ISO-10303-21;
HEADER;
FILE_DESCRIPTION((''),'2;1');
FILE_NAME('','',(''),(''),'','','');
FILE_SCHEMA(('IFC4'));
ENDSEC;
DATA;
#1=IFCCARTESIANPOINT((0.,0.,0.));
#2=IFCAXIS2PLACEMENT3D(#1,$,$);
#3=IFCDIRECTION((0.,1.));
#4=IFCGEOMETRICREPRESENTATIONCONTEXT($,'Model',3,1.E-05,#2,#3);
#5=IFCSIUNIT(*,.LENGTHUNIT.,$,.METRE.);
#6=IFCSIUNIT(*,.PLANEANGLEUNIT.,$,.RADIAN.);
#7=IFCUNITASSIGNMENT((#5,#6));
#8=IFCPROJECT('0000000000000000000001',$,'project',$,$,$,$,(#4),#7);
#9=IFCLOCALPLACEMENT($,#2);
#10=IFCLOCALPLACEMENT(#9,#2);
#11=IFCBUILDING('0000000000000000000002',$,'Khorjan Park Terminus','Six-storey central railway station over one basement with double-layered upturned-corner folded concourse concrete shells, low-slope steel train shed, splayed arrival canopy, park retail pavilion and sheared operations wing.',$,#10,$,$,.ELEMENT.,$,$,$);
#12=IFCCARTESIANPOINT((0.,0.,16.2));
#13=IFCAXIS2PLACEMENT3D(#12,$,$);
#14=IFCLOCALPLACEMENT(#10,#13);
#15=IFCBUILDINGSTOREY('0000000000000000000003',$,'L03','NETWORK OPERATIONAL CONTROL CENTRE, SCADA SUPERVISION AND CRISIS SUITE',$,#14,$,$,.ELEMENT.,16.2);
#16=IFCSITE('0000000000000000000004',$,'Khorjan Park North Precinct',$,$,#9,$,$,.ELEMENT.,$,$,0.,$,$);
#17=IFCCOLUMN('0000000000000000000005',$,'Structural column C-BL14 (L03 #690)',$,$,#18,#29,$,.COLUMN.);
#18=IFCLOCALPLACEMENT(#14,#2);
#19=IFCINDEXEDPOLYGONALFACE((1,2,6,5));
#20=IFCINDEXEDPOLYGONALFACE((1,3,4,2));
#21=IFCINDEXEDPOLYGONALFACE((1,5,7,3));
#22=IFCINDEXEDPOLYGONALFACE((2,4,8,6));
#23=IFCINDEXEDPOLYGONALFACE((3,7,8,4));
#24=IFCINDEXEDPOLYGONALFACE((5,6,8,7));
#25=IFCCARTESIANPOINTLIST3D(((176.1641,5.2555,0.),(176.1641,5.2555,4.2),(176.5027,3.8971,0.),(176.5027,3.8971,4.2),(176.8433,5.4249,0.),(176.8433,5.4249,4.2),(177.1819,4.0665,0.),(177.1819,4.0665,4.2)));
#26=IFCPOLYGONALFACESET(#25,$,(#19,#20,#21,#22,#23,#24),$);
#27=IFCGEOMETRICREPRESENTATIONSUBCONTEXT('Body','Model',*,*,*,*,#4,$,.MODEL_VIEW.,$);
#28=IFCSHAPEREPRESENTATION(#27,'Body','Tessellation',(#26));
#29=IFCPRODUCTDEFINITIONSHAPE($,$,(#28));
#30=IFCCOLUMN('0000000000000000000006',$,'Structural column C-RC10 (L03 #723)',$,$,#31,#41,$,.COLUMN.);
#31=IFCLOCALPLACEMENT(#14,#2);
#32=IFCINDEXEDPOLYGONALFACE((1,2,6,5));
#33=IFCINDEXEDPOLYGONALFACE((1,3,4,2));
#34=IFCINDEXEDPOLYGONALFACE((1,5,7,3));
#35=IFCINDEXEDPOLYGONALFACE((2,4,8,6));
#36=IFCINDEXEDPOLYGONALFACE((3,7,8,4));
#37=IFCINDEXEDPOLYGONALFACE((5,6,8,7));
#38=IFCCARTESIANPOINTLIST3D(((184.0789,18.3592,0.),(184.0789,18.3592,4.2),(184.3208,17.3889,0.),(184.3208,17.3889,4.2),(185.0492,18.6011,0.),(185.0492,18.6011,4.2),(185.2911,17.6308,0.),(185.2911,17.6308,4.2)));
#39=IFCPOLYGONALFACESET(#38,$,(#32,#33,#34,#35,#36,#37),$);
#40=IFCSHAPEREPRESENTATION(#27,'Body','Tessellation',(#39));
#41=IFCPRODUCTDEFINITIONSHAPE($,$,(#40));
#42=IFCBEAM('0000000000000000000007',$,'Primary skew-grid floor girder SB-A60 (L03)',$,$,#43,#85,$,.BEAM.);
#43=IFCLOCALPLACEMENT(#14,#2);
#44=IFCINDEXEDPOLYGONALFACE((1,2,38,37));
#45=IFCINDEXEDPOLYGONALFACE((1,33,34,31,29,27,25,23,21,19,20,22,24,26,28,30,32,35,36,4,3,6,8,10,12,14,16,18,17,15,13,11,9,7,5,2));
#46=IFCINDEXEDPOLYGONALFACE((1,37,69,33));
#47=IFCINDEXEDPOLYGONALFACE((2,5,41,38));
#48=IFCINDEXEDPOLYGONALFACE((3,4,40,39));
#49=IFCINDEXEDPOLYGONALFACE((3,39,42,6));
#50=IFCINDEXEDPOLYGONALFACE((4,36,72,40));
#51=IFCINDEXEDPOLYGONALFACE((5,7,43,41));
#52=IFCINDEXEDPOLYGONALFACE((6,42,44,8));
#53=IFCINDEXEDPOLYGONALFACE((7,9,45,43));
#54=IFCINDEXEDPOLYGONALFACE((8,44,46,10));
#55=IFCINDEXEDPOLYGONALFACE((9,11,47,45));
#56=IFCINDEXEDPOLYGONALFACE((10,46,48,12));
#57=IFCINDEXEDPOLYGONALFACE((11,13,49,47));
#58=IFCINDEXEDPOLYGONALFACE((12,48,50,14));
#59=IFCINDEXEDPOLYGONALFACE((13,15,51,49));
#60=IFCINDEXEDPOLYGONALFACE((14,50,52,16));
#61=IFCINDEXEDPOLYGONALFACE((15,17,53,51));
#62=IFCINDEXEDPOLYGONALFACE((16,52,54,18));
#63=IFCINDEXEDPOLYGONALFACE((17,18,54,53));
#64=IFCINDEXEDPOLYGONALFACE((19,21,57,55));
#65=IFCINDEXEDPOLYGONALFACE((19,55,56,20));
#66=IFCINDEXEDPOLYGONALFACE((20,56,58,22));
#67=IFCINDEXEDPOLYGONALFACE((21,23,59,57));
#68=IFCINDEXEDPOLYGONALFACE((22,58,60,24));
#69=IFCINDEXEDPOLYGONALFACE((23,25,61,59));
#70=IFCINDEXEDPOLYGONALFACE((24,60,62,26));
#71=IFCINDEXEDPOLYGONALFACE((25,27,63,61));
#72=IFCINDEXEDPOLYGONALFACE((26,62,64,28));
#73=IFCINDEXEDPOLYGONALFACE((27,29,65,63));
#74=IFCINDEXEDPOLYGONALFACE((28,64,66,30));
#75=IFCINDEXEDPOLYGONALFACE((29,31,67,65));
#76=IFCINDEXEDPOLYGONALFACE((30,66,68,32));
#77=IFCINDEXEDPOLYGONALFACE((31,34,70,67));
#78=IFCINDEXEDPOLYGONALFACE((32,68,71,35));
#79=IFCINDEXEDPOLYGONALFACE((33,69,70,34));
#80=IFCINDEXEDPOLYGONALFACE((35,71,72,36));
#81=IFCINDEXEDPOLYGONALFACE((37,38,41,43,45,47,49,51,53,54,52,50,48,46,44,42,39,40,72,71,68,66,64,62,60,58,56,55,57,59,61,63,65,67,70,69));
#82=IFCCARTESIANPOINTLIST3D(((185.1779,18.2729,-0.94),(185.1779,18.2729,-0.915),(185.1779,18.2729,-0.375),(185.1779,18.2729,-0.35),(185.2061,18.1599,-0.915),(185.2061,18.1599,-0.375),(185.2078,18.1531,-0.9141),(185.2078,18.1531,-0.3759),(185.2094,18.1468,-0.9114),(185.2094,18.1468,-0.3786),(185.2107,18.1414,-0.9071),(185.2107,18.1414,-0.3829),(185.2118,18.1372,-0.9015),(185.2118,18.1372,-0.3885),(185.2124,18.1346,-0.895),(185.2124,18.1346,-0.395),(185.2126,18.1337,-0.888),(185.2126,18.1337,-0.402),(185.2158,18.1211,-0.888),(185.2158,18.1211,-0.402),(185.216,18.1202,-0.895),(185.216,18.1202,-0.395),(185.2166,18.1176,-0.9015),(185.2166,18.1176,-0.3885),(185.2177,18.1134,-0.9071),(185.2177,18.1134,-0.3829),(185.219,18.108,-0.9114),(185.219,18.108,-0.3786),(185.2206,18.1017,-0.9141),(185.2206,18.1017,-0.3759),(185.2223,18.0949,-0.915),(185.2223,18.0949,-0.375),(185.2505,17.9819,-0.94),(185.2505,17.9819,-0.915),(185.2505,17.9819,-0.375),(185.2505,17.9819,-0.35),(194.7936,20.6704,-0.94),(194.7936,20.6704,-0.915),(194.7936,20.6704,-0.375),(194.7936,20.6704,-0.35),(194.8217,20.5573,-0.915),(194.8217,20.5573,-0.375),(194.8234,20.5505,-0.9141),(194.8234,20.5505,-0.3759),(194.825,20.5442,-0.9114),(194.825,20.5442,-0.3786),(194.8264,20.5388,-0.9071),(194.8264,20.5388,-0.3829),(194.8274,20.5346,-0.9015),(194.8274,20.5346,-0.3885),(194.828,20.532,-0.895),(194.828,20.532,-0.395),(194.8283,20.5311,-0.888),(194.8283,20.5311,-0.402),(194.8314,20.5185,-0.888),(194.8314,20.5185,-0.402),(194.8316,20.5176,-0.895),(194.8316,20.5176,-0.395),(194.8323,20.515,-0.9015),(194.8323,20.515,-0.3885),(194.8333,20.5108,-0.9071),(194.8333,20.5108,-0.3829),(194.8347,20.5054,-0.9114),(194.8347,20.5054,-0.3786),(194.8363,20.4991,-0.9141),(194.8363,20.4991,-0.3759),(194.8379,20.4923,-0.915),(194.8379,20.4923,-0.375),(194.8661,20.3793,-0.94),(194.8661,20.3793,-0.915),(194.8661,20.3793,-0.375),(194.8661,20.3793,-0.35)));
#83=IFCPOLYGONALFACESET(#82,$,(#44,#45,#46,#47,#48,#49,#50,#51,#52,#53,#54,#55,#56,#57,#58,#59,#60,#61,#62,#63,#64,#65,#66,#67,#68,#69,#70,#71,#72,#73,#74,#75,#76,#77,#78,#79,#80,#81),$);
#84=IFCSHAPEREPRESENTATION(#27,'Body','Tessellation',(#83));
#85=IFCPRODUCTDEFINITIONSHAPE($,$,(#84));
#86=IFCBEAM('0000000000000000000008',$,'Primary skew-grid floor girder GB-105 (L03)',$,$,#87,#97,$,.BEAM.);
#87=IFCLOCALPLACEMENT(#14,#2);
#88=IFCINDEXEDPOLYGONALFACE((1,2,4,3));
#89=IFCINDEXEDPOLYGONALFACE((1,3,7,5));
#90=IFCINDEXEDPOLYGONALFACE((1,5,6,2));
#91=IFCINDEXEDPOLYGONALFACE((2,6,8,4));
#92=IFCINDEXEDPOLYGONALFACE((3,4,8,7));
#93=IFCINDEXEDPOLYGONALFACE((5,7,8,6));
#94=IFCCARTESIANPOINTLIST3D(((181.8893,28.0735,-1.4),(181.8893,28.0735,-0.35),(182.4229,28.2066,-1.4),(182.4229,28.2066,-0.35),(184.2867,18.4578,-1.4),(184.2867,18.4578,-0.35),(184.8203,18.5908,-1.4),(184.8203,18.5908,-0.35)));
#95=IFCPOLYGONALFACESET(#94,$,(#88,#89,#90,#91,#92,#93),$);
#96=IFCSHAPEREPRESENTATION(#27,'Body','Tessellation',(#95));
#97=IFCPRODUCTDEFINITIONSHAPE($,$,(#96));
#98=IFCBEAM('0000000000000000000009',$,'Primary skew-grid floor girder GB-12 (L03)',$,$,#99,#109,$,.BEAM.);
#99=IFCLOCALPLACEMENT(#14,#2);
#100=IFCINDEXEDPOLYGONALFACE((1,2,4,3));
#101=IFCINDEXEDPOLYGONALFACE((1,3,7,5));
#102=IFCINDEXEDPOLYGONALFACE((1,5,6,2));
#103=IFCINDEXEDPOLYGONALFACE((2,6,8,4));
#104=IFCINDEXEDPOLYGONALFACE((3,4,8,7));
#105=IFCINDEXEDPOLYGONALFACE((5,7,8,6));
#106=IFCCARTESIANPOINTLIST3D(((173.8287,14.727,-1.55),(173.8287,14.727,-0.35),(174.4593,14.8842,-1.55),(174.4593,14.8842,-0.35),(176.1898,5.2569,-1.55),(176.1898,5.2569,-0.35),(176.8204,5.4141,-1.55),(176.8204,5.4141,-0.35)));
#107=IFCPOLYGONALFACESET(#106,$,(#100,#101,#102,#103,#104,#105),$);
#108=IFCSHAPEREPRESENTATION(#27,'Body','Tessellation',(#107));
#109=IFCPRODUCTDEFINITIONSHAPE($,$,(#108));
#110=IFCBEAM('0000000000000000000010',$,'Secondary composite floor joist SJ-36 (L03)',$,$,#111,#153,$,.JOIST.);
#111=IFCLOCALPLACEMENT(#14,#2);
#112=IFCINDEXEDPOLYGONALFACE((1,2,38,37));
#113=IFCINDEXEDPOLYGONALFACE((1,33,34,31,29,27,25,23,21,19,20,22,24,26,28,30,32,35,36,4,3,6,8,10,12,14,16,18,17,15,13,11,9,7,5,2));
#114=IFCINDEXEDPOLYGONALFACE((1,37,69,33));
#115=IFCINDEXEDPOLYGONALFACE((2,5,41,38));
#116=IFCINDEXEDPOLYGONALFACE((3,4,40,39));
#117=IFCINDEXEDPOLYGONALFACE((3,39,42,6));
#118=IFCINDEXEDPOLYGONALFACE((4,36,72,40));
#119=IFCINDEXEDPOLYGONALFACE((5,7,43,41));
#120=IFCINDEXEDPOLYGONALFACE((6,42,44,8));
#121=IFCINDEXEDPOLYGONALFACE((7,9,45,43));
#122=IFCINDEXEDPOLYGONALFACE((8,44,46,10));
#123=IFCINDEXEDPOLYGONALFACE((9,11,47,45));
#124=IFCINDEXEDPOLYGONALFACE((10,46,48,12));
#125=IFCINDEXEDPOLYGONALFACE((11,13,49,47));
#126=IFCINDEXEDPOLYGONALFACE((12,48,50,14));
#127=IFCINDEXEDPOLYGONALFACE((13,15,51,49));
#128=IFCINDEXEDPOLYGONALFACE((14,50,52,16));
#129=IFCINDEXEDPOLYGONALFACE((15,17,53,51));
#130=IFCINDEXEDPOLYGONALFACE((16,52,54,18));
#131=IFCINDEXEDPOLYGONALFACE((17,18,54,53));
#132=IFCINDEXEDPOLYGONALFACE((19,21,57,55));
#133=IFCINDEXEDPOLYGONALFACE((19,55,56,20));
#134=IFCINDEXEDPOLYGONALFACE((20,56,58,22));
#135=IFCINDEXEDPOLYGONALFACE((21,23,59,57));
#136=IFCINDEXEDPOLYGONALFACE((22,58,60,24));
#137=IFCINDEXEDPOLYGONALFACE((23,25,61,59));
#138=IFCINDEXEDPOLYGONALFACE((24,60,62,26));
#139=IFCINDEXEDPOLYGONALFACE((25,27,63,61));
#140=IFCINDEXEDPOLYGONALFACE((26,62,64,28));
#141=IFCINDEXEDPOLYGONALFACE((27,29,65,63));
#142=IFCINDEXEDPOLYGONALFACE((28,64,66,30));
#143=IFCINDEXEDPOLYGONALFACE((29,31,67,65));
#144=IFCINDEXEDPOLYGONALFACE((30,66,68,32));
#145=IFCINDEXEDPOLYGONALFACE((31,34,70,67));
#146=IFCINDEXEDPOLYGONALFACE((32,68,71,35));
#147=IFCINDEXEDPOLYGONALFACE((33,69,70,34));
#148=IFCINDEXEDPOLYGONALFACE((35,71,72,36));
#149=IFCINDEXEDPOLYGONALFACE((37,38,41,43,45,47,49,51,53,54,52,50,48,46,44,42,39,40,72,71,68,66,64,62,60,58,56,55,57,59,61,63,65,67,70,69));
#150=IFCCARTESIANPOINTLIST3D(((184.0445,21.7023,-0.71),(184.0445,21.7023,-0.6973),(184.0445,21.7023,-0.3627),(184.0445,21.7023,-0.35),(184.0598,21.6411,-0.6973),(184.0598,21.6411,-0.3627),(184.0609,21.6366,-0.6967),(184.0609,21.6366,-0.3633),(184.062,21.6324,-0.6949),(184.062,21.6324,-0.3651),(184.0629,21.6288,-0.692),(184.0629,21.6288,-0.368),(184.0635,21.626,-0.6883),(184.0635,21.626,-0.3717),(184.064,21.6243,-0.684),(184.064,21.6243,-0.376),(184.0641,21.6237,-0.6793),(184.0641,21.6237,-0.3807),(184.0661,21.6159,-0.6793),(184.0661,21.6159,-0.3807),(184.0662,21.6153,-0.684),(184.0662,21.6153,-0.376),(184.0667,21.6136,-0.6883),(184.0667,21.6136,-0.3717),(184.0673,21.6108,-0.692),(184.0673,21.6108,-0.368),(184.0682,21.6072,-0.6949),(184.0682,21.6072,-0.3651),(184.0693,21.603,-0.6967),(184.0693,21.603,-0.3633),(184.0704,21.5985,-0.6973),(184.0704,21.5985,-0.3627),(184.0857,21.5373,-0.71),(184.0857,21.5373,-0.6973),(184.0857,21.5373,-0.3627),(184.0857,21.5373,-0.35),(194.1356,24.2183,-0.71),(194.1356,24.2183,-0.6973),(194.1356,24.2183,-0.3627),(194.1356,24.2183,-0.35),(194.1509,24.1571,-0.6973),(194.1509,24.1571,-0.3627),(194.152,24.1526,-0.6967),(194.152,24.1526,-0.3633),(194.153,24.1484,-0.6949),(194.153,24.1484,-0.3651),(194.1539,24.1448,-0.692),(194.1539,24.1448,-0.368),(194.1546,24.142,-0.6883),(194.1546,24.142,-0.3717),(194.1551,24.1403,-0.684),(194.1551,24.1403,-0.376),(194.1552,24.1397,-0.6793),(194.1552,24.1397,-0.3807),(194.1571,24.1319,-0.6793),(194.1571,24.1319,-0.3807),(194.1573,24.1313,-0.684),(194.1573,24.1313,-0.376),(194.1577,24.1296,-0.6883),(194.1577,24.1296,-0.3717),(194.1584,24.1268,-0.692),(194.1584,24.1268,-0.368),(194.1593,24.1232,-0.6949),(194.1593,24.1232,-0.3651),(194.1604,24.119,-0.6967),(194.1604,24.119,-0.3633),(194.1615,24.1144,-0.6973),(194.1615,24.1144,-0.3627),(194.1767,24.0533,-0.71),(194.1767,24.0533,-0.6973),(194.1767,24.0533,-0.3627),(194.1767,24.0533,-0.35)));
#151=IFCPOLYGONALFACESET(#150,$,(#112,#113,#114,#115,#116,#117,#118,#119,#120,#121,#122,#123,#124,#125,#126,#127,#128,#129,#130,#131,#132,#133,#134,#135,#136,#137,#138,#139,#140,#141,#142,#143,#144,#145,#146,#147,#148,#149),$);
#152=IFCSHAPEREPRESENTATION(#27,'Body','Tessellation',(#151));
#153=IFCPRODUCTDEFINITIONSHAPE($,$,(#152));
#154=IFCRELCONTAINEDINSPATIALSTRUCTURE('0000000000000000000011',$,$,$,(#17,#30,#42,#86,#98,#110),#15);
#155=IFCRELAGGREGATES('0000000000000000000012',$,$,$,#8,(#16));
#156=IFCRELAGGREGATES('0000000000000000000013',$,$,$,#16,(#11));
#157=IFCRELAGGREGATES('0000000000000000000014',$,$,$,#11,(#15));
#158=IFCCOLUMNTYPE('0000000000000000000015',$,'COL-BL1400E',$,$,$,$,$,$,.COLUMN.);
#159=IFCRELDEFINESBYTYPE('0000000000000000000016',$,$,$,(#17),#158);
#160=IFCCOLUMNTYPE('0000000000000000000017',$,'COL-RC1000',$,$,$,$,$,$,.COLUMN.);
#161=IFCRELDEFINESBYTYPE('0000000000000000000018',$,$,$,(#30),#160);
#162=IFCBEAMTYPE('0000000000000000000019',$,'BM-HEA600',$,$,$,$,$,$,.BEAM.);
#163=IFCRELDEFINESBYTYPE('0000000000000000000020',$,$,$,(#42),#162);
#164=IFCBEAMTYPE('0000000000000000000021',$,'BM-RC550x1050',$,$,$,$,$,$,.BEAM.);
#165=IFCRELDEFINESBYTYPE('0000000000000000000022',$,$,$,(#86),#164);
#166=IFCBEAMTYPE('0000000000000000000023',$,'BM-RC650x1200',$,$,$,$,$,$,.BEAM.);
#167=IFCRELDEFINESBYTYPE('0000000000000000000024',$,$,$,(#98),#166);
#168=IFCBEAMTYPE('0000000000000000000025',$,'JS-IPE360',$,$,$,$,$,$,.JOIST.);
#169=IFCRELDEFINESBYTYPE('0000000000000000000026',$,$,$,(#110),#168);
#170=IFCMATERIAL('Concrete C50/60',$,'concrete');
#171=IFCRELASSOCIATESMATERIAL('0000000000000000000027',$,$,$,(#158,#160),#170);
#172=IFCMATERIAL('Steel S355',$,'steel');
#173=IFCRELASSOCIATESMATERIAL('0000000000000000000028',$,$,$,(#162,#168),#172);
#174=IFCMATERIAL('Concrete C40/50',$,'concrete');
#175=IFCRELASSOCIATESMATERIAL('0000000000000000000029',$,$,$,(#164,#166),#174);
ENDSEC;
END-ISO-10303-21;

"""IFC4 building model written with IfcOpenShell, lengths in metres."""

from ifc_helpers import new_model, si_unit, direction, frame, origin, origin_2d, place, context, subcontext, project, spatial, rectangle, i_section, extrude, material, material_profile, profile_set, type_object, element, save


model = new_model("IFC4")

# Units and contexts
model_context = context("Model", 3, precision=1e-05, world=origin(), true_north=direction((0.0, 1.0)))
body_context = subcontext(model_context, "Body", "Model", "MODEL_VIEW")
ifc_project = project(units=[si_unit("LENGTHUNIT", "METRE"), si_unit("PLANEANGLEUNIT", "RADIAN")], contexts=[model_context])

# Site, building, storey
site_placement = place(None, origin())
site = spatial("IfcSite", under=ifc_project, at=site_placement, Name="Khorjan Park North Precinct", CompositionType="ELEMENT", RefElevation=0.0)
building_placement = place(site_placement, origin())
building = spatial("IfcBuilding", under=site, at=building_placement, Name="Khorjan Park Terminus", Description="Six-storey central railway station over one basement with double-layered upturned-corner folded concourse concrete shells, low-slope steel train shed, splayed arrival canopy, park retail pavilion and sheared operations wing.", CompositionType="ELEMENT")
storey_placement = place(building_placement, frame((0.0, 0.0, 16.2)))
storey = spatial("IfcBuildingStorey", under=building, at=storey_placement, Name="L03", Description="NETWORK OPERATIONAL CONTROL CENTRE, SCADA SUPERVISION AND CRISIS SUITE", CompositionType="ELEMENT", Elevation=16.2)

# Columns
ifc_material_1 = material(Name="Concrete C50/60", Category="concrete")
ifc_material_profile_1 = material_profile(ifc_material_1, rectangle(XDim=0.7, YDim=1.4, at=origin_2d()), Name="RC 700x1400")
ifc_profile_set_1 = profile_set([ifc_material_profile_1], Name="Concrete C50/60")
column_type_1 = type_object("IfcColumnType", Name="COL-BL1400E", PredefinedType="COLUMN", material=ifc_profile_set_1)
column_1_placement = place(storey_placement, frame((176.673, 4.661, 0.0), z_axis=(0.0, 0.0, 1.0), x_axis=(0.970296, 0.241922, 0.0)))
element("IfcColumn", 1, at=column_1_placement, inside=storey, type_object=column_type_1, Name="Structural column C-BL14 (L03 #690)", PredefinedType="COLUMN", context=body_context, shape_type="SweptSolid", body=[
    extrude(rectangle(XDim=0.7, YDim=1.4, at=origin_2d()), origin(), (0.0, 0.0, 1.0), 4.2),
])
ifc_material_profile_2 = material_profile(ifc_material_1, rectangle(XDim=1.0, YDim=1.0, at=origin_2d()), Name="RC 1000x1000")
ifc_profile_set_2 = profile_set([ifc_material_profile_2], Name="Concrete C50/60")
column_type_2 = type_object("IfcColumnType", Name="COL-RC1000", PredefinedType="COLUMN", material=ifc_profile_set_2)
column_2_placement = place(storey_placement, frame((184.685, 17.995, 0.0), z_axis=(0.0, 0.0, 1.0), x_axis=(0.970296, 0.241922, 0.0)))
element("IfcColumn", 2, at=column_2_placement, inside=storey, type_object=column_type_2, Name="Structural column C-RC10 (L03 #723)", PredefinedType="COLUMN", context=body_context, shape_type="SweptSolid", body=[
    extrude(rectangle(XDim=1.0, YDim=1.0, at=origin_2d()), origin(), (0.0, 0.0, 1.0), 4.2),
])

# Beams
ifc_material_2 = material(Name="Steel S355", Category="steel")
ifc_material_profile_3 = material_profile(ifc_material_2, i_section(OverallWidth=0.3, OverallDepth=0.59, WebThickness=0.013, FlangeThickness=0.025, FilletRadius=0.027, at=origin_2d()), Name="HEA 600")
ifc_profile_set_3 = profile_set([ifc_material_profile_3], Name="Steel S355")
beam_type_1 = type_object("IfcBeamType", Name="BM-HEA600", PredefinedType="BEAM", material=ifc_profile_set_3)
beam_1_placement = place(storey_placement, frame((185.2142, 18.1274, -0.645), z_axis=(0.970297, 0.241918, 0.0), x_axis=(-0.241918, 0.970297, 0.0)))
element("IfcBeam", 3, at=beam_1_placement, inside=storey, type_object=beam_type_1, Name="Primary skew-grid floor girder SB-A60 (L03)", PredefinedType="BEAM", context=body_context, shape_type="SweptSolid", body=[
    extrude(i_section(OverallWidth=0.3, OverallDepth=0.59, WebThickness=0.013, FlangeThickness=0.025, FilletRadius=0.027, at=origin_2d()), origin(), (0.0, 0.0, 1.0), 9.91),
])
ifc_material_3 = material(Name="Concrete C40/50", Category="concrete")
ifc_material_profile_4 = material_profile(ifc_material_3, rectangle(XDim=0.55, YDim=1.05, at=origin_2d()), Name="RC 550x1050")
ifc_profile_set_4 = profile_set([ifc_material_profile_4], Name="Concrete C40/50")
beam_type_2 = type_object("IfcBeamType", Name="BM-RC550x1050", PredefinedType="BEAM", material=ifc_profile_set_4)
beam_2_placement = place(storey_placement, frame((184.5535, 18.5243, -0.875), z_axis=(-0.241916, 0.970297, 0.0), x_axis=(-0.970297, -0.241916, 0.0)))
element("IfcBeam", 4, at=beam_2_placement, inside=storey, type_object=beam_type_2, Name="Primary skew-grid floor girder GB-105 (L03)", PredefinedType="BEAM", context=body_context, shape_type="SweptSolid", body=[
    extrude(rectangle(XDim=0.55, YDim=1.05, at=origin_2d()), origin(), (0.0, 0.0, 1.0), 9.9101),
])
ifc_material_profile_5 = material_profile(ifc_material_3, rectangle(XDim=0.65, YDim=1.2, at=origin_2d()), Name="RC 650x1200")
ifc_profile_set_5 = profile_set([ifc_material_profile_5], Name="Concrete C40/50")
beam_type_3 = type_object("IfcBeamType", Name="BM-RC650x1200", PredefinedType="BEAM", material=ifc_profile_set_5)
beam_3_placement = place(storey_placement, frame((176.5051, 5.3355, -0.95), z_axis=(-0.241916, 0.970297, 0.0), x_axis=(-0.970297, -0.241916, 0.0)))
element("IfcBeam", 5, at=beam_3_placement, inside=storey, type_object=beam_type_3, Name="Primary skew-grid floor girder GB-12 (L03)", PredefinedType="BEAM", context=body_context, shape_type="SweptSolid", body=[
    extrude(rectangle(XDim=0.65, YDim=1.2, at=origin_2d()), origin(), (0.0, 0.0, 1.0), 9.76),
])
ifc_material_profile_6 = material_profile(ifc_material_2, i_section(OverallWidth=0.17, OverallDepth=0.36, WebThickness=0.008, FlangeThickness=0.0127, FilletRadius=0.018, at=origin_2d()), Name="IPE 360")
ifc_profile_set_6 = profile_set([ifc_material_profile_6], Name="Steel S355")
beam_type_4 = type_object("IfcBeamType", Name="JS-IPE360", PredefinedType="JOIST", material=ifc_profile_set_6)
beam_4_placement = place(storey_placement, frame((184.0651, 21.6198, -0.53), z_axis=(0.970296, 0.241922, 0.0), x_axis=(-0.241922, 0.970296, 0.0)))
element("IfcBeam", 6, at=beam_4_placement, inside=storey, type_object=beam_type_4, Name="Secondary composite floor joist SJ-36 (L03)", PredefinedType="JOIST", context=body_context, shape_type="SweptSolid", body=[
    extrude(i_section(OverallWidth=0.17, OverallDepth=0.36, WebThickness=0.008, FlangeThickness=0.0127, FilletRadius=0.018, at=origin_2d()), origin(), (0.0, 0.0, 1.0), 10.4),
])

save(model, "model.ifc")
